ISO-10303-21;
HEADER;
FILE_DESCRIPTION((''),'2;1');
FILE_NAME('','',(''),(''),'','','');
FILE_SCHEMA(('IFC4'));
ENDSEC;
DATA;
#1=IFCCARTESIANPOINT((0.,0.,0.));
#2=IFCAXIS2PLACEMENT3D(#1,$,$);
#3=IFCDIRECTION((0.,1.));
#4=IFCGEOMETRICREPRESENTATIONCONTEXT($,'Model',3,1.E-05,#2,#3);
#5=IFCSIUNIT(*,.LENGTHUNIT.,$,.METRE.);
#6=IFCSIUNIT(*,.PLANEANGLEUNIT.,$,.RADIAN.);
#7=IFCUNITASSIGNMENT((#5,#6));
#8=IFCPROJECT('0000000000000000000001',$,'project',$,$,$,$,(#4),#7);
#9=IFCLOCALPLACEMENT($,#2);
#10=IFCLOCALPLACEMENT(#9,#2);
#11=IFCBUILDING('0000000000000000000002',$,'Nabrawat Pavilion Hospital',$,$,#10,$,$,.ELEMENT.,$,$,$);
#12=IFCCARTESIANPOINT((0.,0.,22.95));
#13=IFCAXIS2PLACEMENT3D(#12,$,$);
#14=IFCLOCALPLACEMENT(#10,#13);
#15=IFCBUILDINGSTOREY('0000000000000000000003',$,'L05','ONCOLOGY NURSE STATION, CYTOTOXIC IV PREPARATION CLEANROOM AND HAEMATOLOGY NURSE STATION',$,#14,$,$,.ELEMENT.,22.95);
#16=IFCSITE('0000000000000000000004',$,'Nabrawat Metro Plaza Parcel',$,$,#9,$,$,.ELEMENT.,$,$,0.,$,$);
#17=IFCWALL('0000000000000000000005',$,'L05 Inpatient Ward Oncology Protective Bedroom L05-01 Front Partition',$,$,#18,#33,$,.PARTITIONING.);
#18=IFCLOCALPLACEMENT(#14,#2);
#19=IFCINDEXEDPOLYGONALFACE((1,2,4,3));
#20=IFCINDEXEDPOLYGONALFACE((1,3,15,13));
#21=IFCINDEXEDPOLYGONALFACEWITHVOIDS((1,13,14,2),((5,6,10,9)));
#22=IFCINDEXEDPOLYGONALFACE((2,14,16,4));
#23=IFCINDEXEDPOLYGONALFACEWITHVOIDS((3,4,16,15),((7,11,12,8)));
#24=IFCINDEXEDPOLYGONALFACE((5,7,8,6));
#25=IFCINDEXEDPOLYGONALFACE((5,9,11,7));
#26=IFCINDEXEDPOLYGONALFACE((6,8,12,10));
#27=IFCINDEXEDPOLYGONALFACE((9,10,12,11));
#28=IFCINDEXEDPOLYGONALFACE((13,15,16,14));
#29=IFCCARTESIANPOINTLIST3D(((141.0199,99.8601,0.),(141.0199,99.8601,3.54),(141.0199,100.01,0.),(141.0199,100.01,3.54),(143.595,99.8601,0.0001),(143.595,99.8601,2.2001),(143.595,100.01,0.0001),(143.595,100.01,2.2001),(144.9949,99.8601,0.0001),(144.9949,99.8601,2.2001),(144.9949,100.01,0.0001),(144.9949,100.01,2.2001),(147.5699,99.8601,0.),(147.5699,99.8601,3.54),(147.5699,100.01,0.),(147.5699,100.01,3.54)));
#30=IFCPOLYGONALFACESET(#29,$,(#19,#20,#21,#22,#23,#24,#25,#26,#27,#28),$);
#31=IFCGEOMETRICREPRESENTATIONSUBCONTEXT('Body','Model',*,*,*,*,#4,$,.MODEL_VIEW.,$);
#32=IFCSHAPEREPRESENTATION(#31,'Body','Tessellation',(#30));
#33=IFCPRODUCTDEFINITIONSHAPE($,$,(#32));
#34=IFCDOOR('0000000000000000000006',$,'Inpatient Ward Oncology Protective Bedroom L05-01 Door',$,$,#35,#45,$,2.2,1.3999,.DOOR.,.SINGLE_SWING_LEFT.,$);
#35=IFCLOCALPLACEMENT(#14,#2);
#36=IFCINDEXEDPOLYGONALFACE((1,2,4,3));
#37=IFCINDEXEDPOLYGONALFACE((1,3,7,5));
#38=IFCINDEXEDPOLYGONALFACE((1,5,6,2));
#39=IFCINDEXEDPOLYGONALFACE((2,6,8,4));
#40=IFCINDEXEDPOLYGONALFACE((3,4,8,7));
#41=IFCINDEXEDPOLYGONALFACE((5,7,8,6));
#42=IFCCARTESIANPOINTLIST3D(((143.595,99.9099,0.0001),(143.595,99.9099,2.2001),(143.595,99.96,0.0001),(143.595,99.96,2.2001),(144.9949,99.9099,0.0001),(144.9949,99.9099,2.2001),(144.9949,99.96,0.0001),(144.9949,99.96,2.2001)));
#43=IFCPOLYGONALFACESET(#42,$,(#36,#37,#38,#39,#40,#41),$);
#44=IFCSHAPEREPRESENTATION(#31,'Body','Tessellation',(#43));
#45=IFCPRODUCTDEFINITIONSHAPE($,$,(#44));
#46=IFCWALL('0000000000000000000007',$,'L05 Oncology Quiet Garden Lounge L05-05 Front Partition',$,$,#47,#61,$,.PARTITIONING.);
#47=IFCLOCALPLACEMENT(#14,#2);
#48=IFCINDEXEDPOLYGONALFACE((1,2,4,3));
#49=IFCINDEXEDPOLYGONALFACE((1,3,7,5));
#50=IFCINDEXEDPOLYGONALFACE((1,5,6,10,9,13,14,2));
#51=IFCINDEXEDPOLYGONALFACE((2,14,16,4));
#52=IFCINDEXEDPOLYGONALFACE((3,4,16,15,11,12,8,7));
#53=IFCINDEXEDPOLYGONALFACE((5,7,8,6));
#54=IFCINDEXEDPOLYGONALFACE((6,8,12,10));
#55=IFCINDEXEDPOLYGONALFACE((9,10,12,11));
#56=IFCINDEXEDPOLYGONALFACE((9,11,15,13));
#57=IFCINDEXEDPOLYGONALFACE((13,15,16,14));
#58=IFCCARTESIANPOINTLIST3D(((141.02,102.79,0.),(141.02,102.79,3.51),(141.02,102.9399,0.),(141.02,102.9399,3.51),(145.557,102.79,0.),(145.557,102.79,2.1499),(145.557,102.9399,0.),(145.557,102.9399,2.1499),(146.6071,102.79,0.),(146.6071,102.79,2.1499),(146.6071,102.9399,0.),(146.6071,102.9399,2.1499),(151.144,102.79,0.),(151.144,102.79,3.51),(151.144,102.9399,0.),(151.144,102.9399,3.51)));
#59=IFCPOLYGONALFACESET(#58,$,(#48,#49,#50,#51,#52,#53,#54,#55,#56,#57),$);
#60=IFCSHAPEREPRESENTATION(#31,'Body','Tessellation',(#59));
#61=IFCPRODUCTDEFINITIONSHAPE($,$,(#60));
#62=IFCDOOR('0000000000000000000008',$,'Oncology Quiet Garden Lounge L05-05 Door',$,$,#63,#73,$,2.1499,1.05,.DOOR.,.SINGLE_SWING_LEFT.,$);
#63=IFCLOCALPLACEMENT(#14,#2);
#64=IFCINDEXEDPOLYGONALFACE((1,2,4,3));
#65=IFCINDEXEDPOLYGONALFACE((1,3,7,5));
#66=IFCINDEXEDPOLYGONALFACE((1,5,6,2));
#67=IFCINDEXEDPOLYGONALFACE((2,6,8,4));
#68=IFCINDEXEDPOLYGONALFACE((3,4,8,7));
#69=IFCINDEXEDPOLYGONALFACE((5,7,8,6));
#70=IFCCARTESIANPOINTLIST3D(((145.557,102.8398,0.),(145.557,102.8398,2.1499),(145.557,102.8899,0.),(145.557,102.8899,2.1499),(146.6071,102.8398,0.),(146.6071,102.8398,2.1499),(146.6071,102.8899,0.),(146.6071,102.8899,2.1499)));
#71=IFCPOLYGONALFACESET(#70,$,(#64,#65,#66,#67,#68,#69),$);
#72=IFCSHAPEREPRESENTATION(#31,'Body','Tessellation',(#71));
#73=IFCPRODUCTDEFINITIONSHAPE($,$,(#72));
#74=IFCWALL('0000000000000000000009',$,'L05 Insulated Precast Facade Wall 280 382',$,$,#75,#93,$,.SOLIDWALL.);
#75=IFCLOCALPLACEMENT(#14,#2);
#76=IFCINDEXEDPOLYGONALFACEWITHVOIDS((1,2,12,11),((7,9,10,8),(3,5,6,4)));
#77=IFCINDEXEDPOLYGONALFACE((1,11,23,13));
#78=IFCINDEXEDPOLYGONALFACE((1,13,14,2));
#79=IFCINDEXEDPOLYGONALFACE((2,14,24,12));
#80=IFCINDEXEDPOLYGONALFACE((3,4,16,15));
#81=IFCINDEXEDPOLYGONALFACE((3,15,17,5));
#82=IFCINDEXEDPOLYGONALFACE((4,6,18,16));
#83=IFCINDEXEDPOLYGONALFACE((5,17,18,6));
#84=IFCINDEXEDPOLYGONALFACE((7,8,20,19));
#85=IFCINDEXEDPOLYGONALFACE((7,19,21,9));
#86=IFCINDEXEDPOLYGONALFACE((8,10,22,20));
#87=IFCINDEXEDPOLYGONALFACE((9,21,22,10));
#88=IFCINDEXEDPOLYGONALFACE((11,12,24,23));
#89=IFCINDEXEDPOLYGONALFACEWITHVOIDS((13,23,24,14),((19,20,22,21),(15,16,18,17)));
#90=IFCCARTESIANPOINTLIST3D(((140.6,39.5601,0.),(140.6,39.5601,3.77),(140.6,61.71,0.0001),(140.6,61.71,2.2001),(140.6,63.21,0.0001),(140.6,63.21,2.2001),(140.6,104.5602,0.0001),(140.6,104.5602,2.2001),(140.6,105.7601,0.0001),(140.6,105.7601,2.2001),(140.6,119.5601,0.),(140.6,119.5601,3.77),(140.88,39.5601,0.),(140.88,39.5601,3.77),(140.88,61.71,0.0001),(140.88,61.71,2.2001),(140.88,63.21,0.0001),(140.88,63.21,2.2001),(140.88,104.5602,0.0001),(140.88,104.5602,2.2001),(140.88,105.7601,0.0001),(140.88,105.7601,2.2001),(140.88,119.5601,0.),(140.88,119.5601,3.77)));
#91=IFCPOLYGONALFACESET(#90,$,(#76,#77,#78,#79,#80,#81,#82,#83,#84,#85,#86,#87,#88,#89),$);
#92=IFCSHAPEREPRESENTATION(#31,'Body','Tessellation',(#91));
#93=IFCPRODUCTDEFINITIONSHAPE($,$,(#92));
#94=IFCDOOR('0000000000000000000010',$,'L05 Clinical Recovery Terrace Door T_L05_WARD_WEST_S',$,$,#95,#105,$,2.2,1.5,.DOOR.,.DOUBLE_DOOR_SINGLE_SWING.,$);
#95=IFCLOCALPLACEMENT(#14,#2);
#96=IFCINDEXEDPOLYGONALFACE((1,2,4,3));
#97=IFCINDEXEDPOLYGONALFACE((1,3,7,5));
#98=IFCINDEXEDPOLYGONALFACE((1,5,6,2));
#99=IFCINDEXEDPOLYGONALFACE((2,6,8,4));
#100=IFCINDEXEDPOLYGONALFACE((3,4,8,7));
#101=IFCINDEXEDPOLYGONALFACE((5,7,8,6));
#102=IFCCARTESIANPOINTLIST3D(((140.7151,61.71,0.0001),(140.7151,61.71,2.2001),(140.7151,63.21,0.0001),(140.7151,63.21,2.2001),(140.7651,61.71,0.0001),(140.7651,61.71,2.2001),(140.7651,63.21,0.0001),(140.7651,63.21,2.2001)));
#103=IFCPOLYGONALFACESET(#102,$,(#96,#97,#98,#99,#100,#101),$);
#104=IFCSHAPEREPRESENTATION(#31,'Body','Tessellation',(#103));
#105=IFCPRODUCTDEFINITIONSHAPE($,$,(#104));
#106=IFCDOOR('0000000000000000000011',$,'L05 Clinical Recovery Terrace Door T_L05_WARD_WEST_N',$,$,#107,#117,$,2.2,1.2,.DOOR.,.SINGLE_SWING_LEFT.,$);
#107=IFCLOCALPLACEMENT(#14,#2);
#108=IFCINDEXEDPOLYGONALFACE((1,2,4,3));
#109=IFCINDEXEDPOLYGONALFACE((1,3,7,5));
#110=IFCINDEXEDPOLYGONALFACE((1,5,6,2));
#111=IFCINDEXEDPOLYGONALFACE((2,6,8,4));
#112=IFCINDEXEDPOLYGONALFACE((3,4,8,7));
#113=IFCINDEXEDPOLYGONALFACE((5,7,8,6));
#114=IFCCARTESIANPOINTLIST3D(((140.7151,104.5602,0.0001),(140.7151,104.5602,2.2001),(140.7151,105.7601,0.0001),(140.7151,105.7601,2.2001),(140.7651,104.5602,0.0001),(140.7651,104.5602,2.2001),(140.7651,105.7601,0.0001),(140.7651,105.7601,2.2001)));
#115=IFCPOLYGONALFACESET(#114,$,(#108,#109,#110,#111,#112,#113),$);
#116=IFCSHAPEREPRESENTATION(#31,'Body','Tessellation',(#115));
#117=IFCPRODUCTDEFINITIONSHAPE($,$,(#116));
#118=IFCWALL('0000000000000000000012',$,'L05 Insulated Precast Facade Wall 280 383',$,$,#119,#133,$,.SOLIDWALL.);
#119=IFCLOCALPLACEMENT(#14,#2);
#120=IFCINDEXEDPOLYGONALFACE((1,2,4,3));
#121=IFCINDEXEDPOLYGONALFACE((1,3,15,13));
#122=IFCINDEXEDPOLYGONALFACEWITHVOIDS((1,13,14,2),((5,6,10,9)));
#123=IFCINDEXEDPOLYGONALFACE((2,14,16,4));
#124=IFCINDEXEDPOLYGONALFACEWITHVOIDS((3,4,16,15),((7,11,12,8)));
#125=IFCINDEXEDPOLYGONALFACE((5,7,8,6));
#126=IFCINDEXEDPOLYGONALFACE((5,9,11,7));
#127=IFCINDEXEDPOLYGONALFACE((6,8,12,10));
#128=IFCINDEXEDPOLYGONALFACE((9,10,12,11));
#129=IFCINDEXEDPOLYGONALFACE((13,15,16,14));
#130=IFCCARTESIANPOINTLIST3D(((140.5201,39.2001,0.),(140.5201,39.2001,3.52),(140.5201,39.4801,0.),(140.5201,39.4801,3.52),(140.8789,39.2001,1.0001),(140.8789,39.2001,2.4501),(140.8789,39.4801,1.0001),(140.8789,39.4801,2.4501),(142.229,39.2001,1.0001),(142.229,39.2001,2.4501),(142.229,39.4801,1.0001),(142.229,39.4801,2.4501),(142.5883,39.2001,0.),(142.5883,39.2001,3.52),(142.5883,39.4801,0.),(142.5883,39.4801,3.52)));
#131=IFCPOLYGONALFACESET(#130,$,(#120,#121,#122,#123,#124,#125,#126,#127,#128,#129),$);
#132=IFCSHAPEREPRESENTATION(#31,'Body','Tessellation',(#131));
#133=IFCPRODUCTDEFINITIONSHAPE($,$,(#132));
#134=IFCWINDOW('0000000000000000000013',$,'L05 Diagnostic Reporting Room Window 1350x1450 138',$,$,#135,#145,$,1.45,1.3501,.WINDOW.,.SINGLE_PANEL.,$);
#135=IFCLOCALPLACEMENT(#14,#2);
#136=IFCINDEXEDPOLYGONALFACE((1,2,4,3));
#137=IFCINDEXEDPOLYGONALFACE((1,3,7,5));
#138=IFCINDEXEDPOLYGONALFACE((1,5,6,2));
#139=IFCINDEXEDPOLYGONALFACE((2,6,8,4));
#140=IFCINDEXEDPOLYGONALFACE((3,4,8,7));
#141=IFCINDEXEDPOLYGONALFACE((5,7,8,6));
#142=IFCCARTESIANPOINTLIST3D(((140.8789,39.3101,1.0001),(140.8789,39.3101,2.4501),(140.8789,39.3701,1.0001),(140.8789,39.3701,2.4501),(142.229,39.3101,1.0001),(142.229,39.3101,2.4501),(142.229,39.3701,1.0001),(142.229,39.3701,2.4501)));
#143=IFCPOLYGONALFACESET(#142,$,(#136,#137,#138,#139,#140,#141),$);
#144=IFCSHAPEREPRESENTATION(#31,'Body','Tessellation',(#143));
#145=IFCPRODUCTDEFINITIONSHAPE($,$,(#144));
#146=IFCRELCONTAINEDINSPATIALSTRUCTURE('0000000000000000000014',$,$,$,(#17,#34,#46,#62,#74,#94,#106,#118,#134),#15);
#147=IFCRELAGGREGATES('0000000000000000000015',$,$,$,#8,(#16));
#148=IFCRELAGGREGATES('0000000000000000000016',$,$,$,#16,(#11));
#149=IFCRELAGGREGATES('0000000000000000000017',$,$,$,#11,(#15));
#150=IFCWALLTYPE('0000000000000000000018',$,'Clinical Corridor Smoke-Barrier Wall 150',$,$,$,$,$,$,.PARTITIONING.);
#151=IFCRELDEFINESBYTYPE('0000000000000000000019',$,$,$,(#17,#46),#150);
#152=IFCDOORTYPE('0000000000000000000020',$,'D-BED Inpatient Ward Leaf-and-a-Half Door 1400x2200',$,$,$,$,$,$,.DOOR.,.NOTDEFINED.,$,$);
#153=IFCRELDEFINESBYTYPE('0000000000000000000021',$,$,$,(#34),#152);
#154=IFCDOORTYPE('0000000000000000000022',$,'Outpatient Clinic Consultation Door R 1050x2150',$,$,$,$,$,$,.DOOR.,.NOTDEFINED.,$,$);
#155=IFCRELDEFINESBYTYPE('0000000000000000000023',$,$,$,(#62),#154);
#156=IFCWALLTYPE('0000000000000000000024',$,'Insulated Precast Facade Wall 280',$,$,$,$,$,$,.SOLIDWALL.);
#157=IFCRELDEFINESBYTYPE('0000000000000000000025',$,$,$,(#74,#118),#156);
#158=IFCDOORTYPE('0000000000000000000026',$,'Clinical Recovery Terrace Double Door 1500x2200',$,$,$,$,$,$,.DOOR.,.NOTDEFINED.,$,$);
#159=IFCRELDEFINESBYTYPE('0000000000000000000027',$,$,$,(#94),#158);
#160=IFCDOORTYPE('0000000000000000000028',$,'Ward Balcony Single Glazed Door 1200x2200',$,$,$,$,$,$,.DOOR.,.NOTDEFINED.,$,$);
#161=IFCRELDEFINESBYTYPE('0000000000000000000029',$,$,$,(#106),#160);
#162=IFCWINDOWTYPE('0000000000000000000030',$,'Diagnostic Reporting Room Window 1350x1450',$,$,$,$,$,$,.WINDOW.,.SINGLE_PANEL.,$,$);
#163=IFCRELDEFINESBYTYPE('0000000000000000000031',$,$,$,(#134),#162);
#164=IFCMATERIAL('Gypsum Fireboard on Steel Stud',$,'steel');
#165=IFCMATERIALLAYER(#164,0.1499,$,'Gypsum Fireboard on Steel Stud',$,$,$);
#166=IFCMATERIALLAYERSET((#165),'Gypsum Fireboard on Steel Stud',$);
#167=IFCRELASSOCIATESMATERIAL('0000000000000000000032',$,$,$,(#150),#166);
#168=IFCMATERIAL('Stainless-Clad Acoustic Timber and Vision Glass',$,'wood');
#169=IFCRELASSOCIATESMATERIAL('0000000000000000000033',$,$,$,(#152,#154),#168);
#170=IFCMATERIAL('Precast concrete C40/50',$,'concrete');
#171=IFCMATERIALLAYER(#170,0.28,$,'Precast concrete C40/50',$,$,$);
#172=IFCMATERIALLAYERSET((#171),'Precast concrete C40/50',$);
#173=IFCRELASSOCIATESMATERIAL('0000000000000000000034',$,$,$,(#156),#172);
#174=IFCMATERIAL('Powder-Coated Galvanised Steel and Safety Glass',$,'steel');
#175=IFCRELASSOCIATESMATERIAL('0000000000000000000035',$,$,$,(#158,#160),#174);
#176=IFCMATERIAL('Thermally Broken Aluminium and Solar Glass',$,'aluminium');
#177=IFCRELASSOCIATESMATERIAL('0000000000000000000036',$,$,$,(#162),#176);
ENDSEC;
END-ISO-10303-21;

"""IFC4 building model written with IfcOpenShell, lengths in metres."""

from ifc_helpers import new_model, si_unit, direction, frame, frame_2d, origin, place, context, subcontext, project, spatial, rectangle, extrude, material, layer, layer_set, type_object, element, fill, save


model = new_model("IFC4")

# Units and contexts
model_context = context("Model", 3, precision=1e-05, world=origin(), true_north=direction((0.0, 1.0)))
body_context = subcontext(model_context, "Body", "Model", "MODEL_VIEW")
ifc_project = project(units=[si_unit("LENGTHUNIT", "METRE"), si_unit("PLANEANGLEUNIT", "RADIAN")], contexts=[model_context])

# Site, building, storey
site_placement = place(None, origin())
site = spatial("IfcSite", under=ifc_project, at=site_placement, Name="Nabrawat Metro Plaza Parcel", CompositionType="ELEMENT", RefElevation=0.0)
building_placement = place(site_placement, origin())
building = spatial("IfcBuilding", under=site, at=building_placement, Name="Nabrawat Pavilion Hospital", CompositionType="ELEMENT")
storey_placement = place(building_placement, frame((0.0, 0.0, 22.95)))
storey = spatial("IfcBuildingStorey", under=building, at=storey_placement, Name="L05", Description="ONCOLOGY NURSE STATION, CYTOTOXIC IV PREPARATION CLEANROOM AND HAEMATOLOGY NURSE STATION", CompositionType="ELEMENT", Elevation=22.95)

# Walls, openings, doors
ifc_material_1 = material(Name="Gypsum Fireboard on Steel Stud", Category="steel")
ifc_layer_1 = layer(ifc_material_1, 0.1499, Name="Gypsum Fireboard on Steel Stud")
ifc_layer_set_1 = layer_set([ifc_layer_1], Name="Gypsum Fireboard on Steel Stud")
wall_type_1 = type_object("IfcWallType", Name="Clinical Corridor Smoke-Barrier Wall 150", PredefinedType="PARTITIONING", material=ifc_layer_set_1)
wall_1_placement = place(storey_placement, frame((141.02, 99.9351, 0.0), z_axis=(0.0, 0.0, 1.0), x_axis=(1.0, 0.0, 0.0)))
wall_1 = element("IfcWall", 1, at=wall_1_placement, inside=storey, type_object=wall_type_1, Name="L05 Inpatient Ward Oncology Protective Bedroom L05-01 Front Partition", PredefinedType="PARTITIONING", context=body_context, shape_type="SweptSolid", body=[
    extrude(rectangle(XDim=6.55, YDim=0.1499, at=frame_2d((3.2749, 0.0))), origin(), (0.0, 0.0, 1.0), 3.54),
])
opening_1_placement = place(wall_1_placement, frame((2.575, 0.0, 0.0)))
opening_1 = element("IfcOpeningElement", 2, at=opening_1_placement, cuts=wall_1, PredefinedType="OPENING", context=body_context, shape_type="SweptSolid", body=[
    extrude(rectangle(XDim=1.3999, YDim=2.2, at=frame_2d((0.7, 1.1001))), frame((0.0, 0.085, 0.0), z_axis=(0.0, -1.0, 0.0), x_axis=(1.0, 0.0, 0.0)), (0.0, 0.0, 1.0), 0.1699),
])
ifc_material_2 = material(Name="Stainless-Clad Acoustic Timber and Vision Glass", Category="wood")
door_type_1 = type_object("IfcDoorType", Name="D-BED Inpatient Ward Leaf-and-a-Half Door 1400x2200", OperationType="NOTDEFINED", PredefinedType="DOOR", material=ifc_material_2)
door_1_placement = place(opening_1_placement, origin())
door_1 = element("IfcDoor", 3, at=door_1_placement, inside=storey, type_object=door_type_1, Name="Inpatient Ward Oncology Protective Bedroom L05-01 Door", OperationType="SINGLE_SWING_LEFT", OverallHeight=2.2, OverallWidth=1.3999, PredefinedType="DOOR", context=body_context, shape_type="SweptSolid", body=[
    extrude(rectangle(XDim=1.3999, YDim=2.2, at=frame_2d((0.7, 1.1001))), frame((0.0, 0.0249, 0.0), z_axis=(0.0, -1.0, 0.0), x_axis=(1.0, 0.0, 0.0)), (0.0, 0.0, 1.0), 0.05),
])
fill(opening_1, door_1)
wall_2_placement = place(storey_placement, frame((141.02, 102.865, 0.0), z_axis=(0.0, 0.0, 1.0), x_axis=(1.0, 0.0, 0.0)))
wall_2 = element("IfcWall", 4, at=wall_2_placement, inside=storey, type_object=wall_type_1, Name="L05 Oncology Quiet Garden Lounge L05-05 Front Partition", PredefinedType="PARTITIONING", context=body_context, shape_type="SweptSolid", body=[
    extrude(rectangle(XDim=10.124, YDim=0.1499, at=frame_2d((5.062, 0.0))), origin(), (0.0, 0.0, 1.0), 3.51),
])
opening_2_placement = place(wall_2_placement, frame((4.5371, 0.0, 0.0)))
opening_2 = element("IfcOpeningElement", 5, at=opening_2_placement, cuts=wall_2, PredefinedType="OPENING", context=body_context, shape_type="SweptSolid", body=[
    extrude(rectangle(XDim=1.05, YDim=2.1499, at=frame_2d((0.5249, 1.075))), frame((0.0, 0.085, 0.0), z_axis=(0.0, -1.0, 0.0), x_axis=(1.0, 0.0, 0.0)), (0.0, 0.0, 1.0), 0.1699),
])
door_type_2 = type_object("IfcDoorType", Name="Outpatient Clinic Consultation Door R 1050x2150", OperationType="NOTDEFINED", PredefinedType="DOOR", material=ifc_material_2)
door_2_placement = place(opening_2_placement, origin())
door_2 = element("IfcDoor", 6, at=door_2_placement, inside=storey, type_object=door_type_2, Name="Oncology Quiet Garden Lounge L05-05 Door", OperationType="SINGLE_SWING_LEFT", OverallHeight=2.1499, OverallWidth=1.05, PredefinedType="DOOR", context=body_context, shape_type="SweptSolid", body=[
    extrude(rectangle(XDim=1.05, YDim=2.1499, at=frame_2d((0.5249, 1.075))), frame((0.0, 0.0249, 0.0), z_axis=(0.0, -1.0, 0.0), x_axis=(1.0, 0.0, 0.0)), (0.0, 0.0, 1.0), 0.05),
])
fill(opening_2, door_2)

# Wall, openings, doors
ifc_material_3 = material(Name="Precast concrete C40/50", Category="concrete")
ifc_layer_2 = layer(ifc_material_3, 0.28, Name="Precast concrete C40/50")
ifc_layer_set_2 = layer_set([ifc_layer_2], Name="Precast concrete C40/50")
wall_type_2 = type_object("IfcWallType", Name="Insulated Precast Facade Wall 280", PredefinedType="SOLIDWALL", material=ifc_layer_set_2)
wall_3_placement = place(storey_placement, frame((140.74, 39.5601, 0.0), z_axis=(0.0, 0.0, 1.0), x_axis=(0.0, 1.0, 0.0)))
wall_3 = element("IfcWall", 7, at=wall_3_placement, inside=storey, type_object=wall_type_2, Name="L05 Insulated Precast Facade Wall 280 382", PredefinedType="SOLIDWALL", context=body_context, shape_type="SweptSolid", body=[
    extrude(rectangle(XDim=80.0, YDim=0.28, at=frame_2d((40.0, 0.0))), origin(), (0.0, 0.0, 1.0), 3.77),
])
opening_3_placement = place(wall_3_placement, frame((22.1499, 0.0, 0.0)))
opening_3 = element("IfcOpeningElement", 8, at=opening_3_placement, cuts=wall_3, PredefinedType="OPENING", context=body_context, shape_type="SweptSolid", body=[
    extrude(rectangle(XDim=1.5, YDim=2.2, at=frame_2d((0.75, 1.1001))), frame((0.0, 0.1499, 0.0), z_axis=(0.0, -1.0, 0.0), x_axis=(1.0, 0.0, 0.0)), (0.0, 0.0, 1.0), 0.3),
])
opening_4_placement = place(wall_3_placement, frame((65.0, 0.0, 0.0)))
opening_4 = element("IfcOpeningElement", 9, at=opening_4_placement, cuts=wall_3, PredefinedType="OPENING", context=body_context, shape_type="SweptSolid", body=[
    extrude(rectangle(XDim=1.2, YDim=2.2, at=frame_2d((0.6001, 1.1001))), frame((0.0, 0.1499, 0.0), z_axis=(0.0, -1.0, 0.0), x_axis=(1.0, 0.0, 0.0)), (0.0, 0.0, 1.0), 0.3),
])
ifc_material_4 = material(Name="Powder-Coated Galvanised Steel and Safety Glass", Category="steel")
door_type_3 = type_object("IfcDoorType", Name="Clinical Recovery Terrace Double Door 1500x2200", OperationType="NOTDEFINED", PredefinedType="DOOR", material=ifc_material_4)
door_3_placement = place(opening_3_placement, origin())
door_3 = element("IfcDoor", 10, at=door_3_placement, inside=storey, type_object=door_type_3, Name="L05 Clinical Recovery Terrace Door T_L05_WARD_WEST_S", OperationType="DOUBLE_DOOR_SINGLE_SWING", OverallHeight=2.2, OverallWidth=1.5, PredefinedType="DOOR", context=body_context, shape_type="SweptSolid", body=[
    extrude(rectangle(XDim=1.5, YDim=2.2, at=frame_2d((0.75, 1.1001))), frame((0.0, 0.0249, 0.0), z_axis=(0.0, -1.0, 0.0), x_axis=(1.0, 0.0, 0.0)), (0.0, 0.0, 1.0), 0.05),
])
fill(opening_3, door_3)
door_type_4 = type_object("IfcDoorType", Name="Ward Balcony Single Glazed Door 1200x2200", OperationType="NOTDEFINED", PredefinedType="DOOR", material=ifc_material_4)
door_4_placement = place(opening_4_placement, origin())
door_4 = element("IfcDoor", 11, at=door_4_placement, inside=storey, type_object=door_type_4, Name="L05 Clinical Recovery Terrace Door T_L05_WARD_WEST_N", OperationType="SINGLE_SWING_LEFT", OverallHeight=2.2, OverallWidth=1.2, PredefinedType="DOOR", context=body_context, shape_type="SweptSolid", body=[
    extrude(rectangle(XDim=1.2, YDim=2.2, at=frame_2d((0.6001, 1.1001))), frame((0.0, 0.0249, 0.0), z_axis=(0.0, -1.0, 0.0), x_axis=(1.0, 0.0, 0.0)), (0.0, 0.0, 1.0), 0.05),
])
fill(opening_4, door_4)

# Wall, opening, window
wall_4_placement = place(storey_placement, frame((140.52, 39.3401, 0.0), z_axis=(0.0, 0.0, 1.0), x_axis=(1.0, 0.0, 0.0)))
wall_4 = element("IfcWall", 12, at=wall_4_placement, inside=storey, type_object=wall_type_2, Name="L05 Insulated Precast Facade Wall 280 383", PredefinedType="SOLIDWALL", context=body_context, shape_type="SweptSolid", body=[
    extrude(rectangle(XDim=2.0681, YDim=0.28, at=frame_2d((1.0342, 0.0))), origin(), (0.0, 0.0, 1.0), 3.52),
])
opening_5_placement = place(wall_4_placement, frame((0.3589, 0.0, 1.0)))
opening_5 = element("IfcOpeningElement", 13, at=opening_5_placement, cuts=wall_4, PredefinedType="OPENING", context=body_context, shape_type="SweptSolid", body=[
    extrude(rectangle(XDim=1.3501, YDim=1.45, at=frame_2d((0.675, 0.7251))), frame((0.0, 0.1499, 0.0), z_axis=(0.0, -1.0, 0.0), x_axis=(1.0, 0.0, 0.0)), (0.0, 0.0, 1.0), 0.3),
])
ifc_material_5 = material(Name="Thermally Broken Aluminium and Solar Glass", Category="aluminium")
window_type = type_object("IfcWindowType", Name="Diagnostic Reporting Room Window 1350x1450", PartitioningType="SINGLE_PANEL", PredefinedType="WINDOW", material=ifc_material_5)
window_placement = place(opening_5_placement, origin())
window = element("IfcWindow", 14, at=window_placement, inside=storey, type_object=window_type, Name="L05 Diagnostic Reporting Room Window 1350x1450 138", OverallHeight=1.45, OverallWidth=1.3501, PartitioningType="SINGLE_PANEL", PredefinedType="WINDOW", context=body_context, shape_type="SweptSolid", body=[
    extrude(rectangle(XDim=1.3501, YDim=1.45, at=frame_2d((0.675, 0.7251))), frame((0.0, 0.03, 0.0), z_axis=(0.0, -1.0, 0.0), x_axis=(1.0, 0.0, 0.0)), (0.0, 0.0, 1.0), 0.0601),
])
fill(opening_5, window)

save(model, "model.ifc")
